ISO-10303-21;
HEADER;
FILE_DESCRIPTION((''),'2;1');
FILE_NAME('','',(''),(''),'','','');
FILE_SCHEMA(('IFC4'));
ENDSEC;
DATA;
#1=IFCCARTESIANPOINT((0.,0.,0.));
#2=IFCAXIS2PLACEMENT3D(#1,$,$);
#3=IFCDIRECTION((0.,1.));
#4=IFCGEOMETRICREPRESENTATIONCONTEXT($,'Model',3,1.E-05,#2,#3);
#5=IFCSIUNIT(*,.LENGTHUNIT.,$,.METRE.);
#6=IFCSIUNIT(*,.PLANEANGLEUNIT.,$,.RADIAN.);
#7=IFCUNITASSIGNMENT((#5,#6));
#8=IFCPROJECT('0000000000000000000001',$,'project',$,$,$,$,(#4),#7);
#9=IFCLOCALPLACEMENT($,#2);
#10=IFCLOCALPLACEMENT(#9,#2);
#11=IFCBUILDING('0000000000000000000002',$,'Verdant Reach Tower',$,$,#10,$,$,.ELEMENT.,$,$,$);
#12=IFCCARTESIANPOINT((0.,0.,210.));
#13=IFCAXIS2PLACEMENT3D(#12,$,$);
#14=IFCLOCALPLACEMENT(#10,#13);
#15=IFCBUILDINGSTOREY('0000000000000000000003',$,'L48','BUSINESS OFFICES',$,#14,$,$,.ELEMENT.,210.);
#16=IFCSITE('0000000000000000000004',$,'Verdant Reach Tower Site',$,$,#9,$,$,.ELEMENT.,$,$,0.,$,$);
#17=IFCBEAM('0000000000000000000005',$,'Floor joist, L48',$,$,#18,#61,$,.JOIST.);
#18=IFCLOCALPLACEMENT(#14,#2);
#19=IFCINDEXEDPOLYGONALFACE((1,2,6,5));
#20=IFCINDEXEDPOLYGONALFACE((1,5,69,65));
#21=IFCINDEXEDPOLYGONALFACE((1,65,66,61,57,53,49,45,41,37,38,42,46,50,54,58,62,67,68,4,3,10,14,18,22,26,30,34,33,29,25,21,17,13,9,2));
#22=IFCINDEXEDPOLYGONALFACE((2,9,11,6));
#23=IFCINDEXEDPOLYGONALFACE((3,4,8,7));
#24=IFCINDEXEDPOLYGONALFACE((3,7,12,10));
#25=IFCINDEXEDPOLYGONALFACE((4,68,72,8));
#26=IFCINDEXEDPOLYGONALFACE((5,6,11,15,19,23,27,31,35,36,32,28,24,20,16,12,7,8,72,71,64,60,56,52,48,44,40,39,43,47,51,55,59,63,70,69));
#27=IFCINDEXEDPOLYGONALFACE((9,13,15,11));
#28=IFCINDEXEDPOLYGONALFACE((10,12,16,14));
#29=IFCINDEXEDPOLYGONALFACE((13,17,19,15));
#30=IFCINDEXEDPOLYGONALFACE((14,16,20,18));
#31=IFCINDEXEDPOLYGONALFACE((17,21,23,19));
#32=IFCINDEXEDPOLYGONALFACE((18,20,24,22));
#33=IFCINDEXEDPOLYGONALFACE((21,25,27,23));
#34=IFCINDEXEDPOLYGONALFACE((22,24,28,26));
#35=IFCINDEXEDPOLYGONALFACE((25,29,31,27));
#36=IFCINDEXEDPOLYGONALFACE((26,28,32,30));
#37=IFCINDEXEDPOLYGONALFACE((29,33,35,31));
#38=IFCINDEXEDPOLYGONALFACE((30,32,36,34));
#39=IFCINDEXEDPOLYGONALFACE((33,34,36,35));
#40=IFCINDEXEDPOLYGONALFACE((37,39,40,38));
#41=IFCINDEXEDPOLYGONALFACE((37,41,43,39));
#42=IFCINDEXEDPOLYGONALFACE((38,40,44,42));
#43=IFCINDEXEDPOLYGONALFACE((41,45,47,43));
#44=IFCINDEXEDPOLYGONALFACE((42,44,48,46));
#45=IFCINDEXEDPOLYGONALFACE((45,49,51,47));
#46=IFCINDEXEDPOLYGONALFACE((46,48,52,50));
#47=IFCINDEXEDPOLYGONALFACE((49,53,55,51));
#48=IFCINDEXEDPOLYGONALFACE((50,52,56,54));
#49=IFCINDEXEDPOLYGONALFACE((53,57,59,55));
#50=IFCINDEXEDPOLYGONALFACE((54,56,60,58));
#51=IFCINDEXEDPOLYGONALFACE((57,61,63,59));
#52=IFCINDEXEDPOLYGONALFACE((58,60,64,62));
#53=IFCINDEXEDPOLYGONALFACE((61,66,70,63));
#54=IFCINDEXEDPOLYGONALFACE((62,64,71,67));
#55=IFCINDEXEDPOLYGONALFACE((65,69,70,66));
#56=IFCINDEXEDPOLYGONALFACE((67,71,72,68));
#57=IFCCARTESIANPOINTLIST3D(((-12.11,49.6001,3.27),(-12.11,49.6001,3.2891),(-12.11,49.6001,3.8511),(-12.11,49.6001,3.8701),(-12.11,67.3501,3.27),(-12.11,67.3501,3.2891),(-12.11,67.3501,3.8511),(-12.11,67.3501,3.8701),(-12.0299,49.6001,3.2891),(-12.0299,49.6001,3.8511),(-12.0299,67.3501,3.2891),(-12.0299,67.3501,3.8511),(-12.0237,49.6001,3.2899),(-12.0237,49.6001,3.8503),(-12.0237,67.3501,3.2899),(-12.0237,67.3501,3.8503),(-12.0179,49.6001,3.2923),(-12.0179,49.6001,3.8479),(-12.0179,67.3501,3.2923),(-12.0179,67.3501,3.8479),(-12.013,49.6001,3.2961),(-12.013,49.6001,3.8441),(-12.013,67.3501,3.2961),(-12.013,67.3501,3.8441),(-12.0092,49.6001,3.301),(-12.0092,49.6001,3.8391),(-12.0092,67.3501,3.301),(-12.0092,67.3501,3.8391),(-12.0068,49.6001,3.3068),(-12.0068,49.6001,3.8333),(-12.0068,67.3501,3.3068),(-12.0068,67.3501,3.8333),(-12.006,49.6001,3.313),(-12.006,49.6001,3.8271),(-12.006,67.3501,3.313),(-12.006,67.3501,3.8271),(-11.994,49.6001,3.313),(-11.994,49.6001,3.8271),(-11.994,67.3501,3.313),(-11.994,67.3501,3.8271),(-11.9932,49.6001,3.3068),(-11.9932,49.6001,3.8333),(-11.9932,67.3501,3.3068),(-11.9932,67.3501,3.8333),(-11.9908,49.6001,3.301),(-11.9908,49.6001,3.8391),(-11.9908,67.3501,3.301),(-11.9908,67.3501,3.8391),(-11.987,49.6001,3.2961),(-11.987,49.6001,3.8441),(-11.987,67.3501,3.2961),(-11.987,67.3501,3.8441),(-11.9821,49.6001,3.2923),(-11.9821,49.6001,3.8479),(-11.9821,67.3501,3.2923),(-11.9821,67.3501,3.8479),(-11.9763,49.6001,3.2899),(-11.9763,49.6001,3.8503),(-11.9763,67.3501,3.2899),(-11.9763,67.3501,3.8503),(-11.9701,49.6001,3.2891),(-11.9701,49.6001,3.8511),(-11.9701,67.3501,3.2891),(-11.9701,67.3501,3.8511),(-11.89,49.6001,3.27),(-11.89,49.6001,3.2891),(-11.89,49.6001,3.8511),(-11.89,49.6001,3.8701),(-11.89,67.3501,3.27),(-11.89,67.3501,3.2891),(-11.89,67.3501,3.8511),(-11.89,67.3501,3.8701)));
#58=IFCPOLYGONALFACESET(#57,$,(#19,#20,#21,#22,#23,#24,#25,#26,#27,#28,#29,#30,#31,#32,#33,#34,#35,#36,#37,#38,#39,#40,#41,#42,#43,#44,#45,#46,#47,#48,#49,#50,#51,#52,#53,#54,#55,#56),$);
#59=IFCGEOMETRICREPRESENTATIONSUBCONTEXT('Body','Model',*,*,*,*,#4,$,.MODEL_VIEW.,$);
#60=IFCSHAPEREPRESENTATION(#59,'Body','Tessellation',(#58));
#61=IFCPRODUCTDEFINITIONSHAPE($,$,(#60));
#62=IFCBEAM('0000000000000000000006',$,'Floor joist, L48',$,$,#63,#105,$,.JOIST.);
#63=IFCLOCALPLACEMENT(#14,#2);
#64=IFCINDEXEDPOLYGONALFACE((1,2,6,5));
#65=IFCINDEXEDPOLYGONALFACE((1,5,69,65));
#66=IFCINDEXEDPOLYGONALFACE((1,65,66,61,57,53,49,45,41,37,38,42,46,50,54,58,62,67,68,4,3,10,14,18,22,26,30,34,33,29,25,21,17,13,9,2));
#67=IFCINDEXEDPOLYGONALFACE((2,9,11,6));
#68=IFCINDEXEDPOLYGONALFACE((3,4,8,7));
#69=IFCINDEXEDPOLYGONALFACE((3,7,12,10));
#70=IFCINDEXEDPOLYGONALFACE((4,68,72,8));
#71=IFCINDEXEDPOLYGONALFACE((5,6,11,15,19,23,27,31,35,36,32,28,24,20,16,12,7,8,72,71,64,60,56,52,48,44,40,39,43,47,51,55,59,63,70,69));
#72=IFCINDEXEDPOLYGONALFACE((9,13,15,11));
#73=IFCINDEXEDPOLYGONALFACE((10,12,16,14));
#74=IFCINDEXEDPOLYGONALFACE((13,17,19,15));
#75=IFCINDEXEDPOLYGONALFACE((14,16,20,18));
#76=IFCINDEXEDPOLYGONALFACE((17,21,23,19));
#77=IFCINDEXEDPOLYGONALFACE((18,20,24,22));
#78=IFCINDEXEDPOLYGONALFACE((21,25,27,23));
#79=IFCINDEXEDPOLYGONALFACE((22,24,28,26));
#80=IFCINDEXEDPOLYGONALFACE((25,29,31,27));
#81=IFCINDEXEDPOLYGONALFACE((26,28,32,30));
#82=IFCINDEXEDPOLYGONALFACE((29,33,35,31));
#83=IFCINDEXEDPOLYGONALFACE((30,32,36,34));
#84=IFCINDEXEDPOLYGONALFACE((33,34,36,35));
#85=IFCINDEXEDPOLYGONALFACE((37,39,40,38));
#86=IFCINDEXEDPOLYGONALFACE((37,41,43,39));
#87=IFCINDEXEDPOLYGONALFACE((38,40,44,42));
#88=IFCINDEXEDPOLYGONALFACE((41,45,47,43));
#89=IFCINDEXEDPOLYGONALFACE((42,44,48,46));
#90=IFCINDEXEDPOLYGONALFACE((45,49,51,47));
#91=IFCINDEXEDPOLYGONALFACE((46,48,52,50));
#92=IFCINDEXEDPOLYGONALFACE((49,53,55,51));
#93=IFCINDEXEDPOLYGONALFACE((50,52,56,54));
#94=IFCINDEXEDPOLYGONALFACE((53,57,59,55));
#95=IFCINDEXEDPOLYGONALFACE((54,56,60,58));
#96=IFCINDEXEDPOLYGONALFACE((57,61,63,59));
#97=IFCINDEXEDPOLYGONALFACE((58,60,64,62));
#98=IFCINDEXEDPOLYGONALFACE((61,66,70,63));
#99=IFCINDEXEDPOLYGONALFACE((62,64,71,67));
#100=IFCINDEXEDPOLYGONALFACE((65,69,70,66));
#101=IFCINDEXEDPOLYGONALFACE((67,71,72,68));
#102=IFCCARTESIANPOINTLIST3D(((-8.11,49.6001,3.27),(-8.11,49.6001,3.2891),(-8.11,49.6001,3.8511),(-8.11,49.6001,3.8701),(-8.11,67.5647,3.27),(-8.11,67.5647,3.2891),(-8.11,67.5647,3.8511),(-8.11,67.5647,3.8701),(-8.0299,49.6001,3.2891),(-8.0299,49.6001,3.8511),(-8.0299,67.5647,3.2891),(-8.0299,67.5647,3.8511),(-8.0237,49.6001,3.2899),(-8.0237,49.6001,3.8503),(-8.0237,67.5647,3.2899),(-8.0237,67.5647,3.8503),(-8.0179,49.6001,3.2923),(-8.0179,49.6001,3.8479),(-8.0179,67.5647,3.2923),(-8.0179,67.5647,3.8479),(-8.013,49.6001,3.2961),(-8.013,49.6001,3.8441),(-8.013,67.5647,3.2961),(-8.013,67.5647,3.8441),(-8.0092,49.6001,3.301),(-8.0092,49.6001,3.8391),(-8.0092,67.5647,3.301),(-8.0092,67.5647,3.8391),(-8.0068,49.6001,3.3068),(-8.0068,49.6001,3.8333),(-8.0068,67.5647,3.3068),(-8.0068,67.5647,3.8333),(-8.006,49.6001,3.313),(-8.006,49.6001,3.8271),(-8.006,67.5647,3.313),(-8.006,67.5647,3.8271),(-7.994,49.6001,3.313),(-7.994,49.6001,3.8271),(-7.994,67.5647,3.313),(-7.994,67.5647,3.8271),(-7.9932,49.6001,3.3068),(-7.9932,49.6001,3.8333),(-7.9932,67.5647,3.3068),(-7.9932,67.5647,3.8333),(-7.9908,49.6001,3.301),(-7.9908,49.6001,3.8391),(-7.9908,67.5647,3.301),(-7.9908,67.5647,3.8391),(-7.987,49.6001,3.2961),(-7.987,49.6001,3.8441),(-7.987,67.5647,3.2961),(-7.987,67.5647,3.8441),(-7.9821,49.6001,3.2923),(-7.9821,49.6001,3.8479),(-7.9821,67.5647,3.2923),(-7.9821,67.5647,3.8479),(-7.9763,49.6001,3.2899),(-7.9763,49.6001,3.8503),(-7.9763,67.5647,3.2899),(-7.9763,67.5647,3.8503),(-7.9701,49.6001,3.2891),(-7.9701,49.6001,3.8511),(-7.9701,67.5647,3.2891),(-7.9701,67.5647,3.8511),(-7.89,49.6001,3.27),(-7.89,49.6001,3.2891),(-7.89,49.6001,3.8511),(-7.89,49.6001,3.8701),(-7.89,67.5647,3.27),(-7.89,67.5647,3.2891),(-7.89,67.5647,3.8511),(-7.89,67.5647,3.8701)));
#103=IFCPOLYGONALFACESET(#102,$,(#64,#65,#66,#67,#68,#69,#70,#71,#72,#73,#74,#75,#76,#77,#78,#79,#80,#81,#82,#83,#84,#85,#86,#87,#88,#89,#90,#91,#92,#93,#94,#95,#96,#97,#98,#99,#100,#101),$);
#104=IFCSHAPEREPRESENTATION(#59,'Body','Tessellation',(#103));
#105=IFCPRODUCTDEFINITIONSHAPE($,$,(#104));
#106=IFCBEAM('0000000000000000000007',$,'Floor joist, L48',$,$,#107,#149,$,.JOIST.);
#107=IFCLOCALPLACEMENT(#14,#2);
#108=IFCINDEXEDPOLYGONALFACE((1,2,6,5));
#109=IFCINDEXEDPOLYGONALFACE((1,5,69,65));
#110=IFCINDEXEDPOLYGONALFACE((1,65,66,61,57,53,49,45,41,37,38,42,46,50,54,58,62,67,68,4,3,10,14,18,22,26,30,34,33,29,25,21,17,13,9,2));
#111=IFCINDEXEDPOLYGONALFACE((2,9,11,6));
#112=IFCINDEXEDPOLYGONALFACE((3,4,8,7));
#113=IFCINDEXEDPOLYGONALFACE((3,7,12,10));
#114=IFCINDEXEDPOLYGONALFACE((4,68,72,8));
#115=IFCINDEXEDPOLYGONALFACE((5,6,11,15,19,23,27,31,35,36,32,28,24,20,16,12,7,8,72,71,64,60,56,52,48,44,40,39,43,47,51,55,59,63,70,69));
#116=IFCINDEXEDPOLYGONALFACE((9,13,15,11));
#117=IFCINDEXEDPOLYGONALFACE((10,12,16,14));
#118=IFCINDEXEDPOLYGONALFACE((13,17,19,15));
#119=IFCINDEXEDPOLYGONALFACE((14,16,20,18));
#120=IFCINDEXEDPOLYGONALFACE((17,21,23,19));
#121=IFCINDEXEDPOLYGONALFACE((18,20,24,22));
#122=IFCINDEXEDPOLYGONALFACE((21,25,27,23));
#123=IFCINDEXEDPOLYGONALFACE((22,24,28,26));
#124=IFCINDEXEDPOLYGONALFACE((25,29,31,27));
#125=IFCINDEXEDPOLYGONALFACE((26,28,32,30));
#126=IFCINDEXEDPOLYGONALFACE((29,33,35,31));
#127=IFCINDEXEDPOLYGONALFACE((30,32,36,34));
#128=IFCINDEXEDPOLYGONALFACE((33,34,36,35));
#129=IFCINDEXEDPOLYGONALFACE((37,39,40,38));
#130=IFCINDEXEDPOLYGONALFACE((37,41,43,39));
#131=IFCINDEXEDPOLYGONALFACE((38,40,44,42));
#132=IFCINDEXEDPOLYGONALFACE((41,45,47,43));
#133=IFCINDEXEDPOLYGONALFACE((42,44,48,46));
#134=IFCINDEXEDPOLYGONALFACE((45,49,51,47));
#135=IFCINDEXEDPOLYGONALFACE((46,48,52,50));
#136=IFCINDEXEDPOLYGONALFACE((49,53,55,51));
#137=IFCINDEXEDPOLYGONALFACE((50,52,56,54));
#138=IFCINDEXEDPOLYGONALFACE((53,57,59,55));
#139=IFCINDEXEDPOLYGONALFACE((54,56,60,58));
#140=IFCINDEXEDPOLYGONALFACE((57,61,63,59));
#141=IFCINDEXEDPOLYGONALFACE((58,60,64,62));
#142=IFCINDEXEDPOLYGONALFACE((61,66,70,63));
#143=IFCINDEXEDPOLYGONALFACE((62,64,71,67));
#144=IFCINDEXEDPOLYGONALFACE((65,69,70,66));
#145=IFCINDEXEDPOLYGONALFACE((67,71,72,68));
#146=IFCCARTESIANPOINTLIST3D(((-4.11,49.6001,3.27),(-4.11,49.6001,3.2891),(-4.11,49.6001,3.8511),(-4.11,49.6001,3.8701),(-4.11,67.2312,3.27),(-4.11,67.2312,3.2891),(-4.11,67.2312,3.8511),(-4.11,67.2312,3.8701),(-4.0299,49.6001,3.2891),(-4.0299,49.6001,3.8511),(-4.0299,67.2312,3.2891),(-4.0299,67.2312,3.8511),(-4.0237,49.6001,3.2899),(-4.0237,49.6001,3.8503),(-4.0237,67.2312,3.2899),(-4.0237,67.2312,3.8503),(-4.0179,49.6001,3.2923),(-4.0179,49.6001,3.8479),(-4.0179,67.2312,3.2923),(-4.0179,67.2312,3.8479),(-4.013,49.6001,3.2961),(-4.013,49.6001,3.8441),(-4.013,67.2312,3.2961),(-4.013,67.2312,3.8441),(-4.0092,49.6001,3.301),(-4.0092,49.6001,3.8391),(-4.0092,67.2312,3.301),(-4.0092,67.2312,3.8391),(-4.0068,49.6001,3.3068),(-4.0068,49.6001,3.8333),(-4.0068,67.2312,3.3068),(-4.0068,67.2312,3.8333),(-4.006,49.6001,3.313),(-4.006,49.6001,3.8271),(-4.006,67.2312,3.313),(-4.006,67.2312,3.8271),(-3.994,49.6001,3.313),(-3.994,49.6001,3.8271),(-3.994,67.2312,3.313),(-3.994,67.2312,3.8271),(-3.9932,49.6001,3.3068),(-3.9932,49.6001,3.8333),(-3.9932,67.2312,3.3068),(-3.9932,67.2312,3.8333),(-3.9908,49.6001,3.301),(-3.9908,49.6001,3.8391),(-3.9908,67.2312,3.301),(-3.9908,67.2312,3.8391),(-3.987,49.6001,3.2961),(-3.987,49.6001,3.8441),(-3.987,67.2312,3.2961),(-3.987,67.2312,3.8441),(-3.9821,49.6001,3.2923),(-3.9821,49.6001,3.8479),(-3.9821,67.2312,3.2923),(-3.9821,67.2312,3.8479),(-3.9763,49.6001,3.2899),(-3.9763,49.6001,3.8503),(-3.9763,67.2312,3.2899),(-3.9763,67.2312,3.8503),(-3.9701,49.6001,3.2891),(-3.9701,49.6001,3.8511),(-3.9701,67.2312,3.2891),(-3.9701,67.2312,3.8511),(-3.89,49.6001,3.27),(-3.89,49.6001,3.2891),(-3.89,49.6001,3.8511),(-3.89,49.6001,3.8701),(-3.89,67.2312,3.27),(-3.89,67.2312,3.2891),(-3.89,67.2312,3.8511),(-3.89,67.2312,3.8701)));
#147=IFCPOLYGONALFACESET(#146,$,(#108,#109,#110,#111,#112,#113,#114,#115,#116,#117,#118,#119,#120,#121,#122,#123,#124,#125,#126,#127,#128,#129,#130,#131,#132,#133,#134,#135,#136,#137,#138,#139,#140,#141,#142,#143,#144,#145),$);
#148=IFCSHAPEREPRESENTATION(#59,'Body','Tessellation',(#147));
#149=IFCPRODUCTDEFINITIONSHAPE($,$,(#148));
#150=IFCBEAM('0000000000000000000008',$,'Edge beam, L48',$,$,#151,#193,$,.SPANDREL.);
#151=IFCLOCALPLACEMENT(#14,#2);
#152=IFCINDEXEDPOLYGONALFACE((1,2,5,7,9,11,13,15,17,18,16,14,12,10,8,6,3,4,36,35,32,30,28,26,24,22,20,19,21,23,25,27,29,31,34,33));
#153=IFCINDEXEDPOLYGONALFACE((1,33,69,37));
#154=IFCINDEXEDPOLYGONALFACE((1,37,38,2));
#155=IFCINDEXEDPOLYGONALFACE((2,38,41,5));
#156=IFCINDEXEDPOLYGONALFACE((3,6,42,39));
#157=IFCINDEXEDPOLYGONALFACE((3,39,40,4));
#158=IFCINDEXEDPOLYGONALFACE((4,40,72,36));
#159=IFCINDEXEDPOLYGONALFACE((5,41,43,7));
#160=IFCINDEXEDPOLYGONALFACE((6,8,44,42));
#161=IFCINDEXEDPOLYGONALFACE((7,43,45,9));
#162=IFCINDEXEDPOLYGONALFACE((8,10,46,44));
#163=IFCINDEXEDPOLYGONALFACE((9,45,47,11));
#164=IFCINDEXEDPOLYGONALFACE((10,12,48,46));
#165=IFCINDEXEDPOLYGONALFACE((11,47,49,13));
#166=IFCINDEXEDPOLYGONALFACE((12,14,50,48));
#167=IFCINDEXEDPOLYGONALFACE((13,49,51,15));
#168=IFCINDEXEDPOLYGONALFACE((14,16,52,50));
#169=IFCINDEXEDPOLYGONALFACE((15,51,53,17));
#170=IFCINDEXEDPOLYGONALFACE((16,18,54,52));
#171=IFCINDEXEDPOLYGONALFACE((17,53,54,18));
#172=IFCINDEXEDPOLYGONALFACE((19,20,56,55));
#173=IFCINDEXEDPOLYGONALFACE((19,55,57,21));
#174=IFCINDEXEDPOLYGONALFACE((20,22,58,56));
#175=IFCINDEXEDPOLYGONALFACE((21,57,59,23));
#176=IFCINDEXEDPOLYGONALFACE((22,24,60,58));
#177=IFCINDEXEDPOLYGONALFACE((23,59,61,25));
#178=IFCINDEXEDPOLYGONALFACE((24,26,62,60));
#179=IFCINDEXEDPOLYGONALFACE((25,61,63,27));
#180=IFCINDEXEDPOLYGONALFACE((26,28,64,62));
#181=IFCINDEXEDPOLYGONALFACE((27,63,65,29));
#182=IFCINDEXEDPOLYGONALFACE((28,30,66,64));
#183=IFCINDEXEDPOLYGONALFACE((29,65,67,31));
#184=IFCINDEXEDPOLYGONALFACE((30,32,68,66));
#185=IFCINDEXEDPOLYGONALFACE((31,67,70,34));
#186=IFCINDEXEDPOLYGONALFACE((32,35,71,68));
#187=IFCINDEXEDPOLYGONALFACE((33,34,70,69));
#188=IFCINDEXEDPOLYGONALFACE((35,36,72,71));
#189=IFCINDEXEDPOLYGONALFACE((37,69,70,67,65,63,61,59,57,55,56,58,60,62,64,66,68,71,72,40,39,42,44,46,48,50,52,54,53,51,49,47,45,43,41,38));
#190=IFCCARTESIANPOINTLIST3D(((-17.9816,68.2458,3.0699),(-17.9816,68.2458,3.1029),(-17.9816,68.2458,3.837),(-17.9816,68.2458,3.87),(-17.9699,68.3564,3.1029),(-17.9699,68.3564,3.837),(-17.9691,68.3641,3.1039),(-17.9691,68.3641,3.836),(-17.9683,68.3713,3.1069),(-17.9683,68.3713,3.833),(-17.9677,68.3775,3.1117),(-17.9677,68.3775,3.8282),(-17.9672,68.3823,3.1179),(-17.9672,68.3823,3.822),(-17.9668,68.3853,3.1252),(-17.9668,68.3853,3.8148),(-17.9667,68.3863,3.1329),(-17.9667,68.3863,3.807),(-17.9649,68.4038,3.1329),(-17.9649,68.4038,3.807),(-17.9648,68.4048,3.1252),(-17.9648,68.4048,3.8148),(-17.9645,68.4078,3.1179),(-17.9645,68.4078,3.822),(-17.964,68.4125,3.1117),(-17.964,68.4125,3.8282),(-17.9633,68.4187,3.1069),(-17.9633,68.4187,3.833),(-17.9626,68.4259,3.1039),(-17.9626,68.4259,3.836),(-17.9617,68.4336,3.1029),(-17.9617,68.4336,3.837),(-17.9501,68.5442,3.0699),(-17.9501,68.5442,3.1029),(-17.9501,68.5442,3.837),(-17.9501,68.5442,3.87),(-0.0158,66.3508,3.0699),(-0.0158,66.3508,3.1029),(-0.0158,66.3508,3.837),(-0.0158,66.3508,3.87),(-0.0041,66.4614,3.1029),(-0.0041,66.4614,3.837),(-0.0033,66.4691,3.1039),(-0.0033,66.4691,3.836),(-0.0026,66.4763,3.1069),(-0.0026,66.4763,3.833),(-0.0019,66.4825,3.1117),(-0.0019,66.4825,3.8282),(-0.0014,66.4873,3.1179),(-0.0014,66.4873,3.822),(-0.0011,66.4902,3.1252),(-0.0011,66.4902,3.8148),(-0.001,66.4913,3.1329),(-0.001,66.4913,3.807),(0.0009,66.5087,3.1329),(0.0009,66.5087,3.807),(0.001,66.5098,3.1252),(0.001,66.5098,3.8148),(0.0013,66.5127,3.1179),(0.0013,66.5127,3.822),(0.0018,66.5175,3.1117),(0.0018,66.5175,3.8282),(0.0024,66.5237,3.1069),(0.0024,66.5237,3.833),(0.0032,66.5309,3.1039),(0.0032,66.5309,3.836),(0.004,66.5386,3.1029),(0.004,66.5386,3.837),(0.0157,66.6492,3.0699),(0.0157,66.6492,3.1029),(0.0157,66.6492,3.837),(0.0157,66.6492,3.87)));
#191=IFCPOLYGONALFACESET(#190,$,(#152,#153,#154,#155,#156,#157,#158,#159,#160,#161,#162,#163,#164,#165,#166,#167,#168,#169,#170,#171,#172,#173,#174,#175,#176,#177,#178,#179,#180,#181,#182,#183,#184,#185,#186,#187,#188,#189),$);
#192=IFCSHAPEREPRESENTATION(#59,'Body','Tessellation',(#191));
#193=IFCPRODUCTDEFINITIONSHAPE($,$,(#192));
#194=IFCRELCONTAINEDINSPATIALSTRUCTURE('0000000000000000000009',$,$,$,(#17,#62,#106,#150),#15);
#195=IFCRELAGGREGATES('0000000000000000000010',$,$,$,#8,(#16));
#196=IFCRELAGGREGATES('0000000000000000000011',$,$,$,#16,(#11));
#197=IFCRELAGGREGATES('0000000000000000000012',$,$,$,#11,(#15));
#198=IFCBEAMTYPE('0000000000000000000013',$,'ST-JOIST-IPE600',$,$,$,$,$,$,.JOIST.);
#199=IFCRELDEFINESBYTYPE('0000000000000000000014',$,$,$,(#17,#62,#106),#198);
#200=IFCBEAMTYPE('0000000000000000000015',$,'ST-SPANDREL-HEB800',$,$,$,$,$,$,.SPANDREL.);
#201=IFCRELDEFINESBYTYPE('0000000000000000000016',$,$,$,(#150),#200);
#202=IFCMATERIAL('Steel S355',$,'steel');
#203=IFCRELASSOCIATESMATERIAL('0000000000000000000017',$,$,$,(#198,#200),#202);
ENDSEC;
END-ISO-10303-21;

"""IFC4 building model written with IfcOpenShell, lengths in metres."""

from ifc_helpers import new_model, si_unit, direction, frame, origin, origin_2d, place, context, subcontext, project, spatial, i_section, extrude, material, material_profile, profile_set, type_object, element, save


model = new_model("IFC4")

# Units and contexts
model_context = context("Model", 3, precision=1e-05, world=origin(), true_north=direction((0.0, 1.0)))
body_context = subcontext(model_context, "Body", "Model", "MODEL_VIEW")
ifc_project = project(units=[si_unit("LENGTHUNIT", "METRE"), si_unit("PLANEANGLEUNIT", "RADIAN")], contexts=[model_context])

# Site, building, storey
site_placement = place(None, origin())
site = spatial("IfcSite", under=ifc_project, at=site_placement, Name="Verdant Reach Tower Site", CompositionType="ELEMENT", RefElevation=0.0)
building_placement = place(site_placement, origin())
building = spatial("IfcBuilding", under=site, at=building_placement, Name="Verdant Reach Tower", CompositionType="ELEMENT")
storey_placement = place(building_placement, frame((0.0, 0.0, 210.0)))
storey = spatial("IfcBuildingStorey", under=building, at=storey_placement, Name="L48", Description="BUSINESS OFFICES", CompositionType="ELEMENT", Elevation=210.0)

# Beams
ifc_material_1 = material(Name="Steel S355", Category="steel")
ifc_material_profile_1 = material_profile(ifc_material_1, i_section(OverallWidth=0.22, OverallDepth=0.6001, WebThickness=0.012, FlangeThickness=0.019, FilletRadius=0.0239, at=origin_2d()), Name="IPE 600")
ifc_profile_set_1 = profile_set([ifc_material_profile_1], Name="Steel S355")
beam_type_1 = type_object("IfcBeamType", Name="ST-JOIST-IPE600", PredefinedType="JOIST", material=ifc_profile_set_1)
beam_1_placement = place(storey_placement, frame((-12.0, 49.6001, 3.5701), z_axis=(0.0, 1.0, 0.0), x_axis=(-1.0, 0.0, 0.0)))
element("IfcBeam", 1, at=beam_1_placement, inside=storey, type_object=beam_type_1, Name="Floor joist, L48", PredefinedType="JOIST", context=body_context, shape_type="SweptSolid", body=[
    extrude(i_section(OverallWidth=0.22, OverallDepth=0.6001, WebThickness=0.012, FlangeThickness=0.019, FilletRadius=0.0239, at=origin_2d()), origin(), (0.0, 0.0, 1.0), 17.75),
])
beam_2_placement = place(storey_placement, frame((-8.0, 49.6001, 3.5701), z_axis=(0.0, 1.0, 0.0), x_axis=(-1.0, 0.0, 0.0)))
element("IfcBeam", 2, at=beam_2_placement, inside=storey, type_object=beam_type_1, Name="Floor joist, L48", PredefinedType="JOIST", context=body_context, shape_type="SweptSolid", body=[
    extrude(i_section(OverallWidth=0.22, OverallDepth=0.6001, WebThickness=0.012, FlangeThickness=0.019, FilletRadius=0.0239, at=origin_2d()), origin(), (0.0, 0.0, 1.0), 17.9646),
])
beam_3_placement = place(storey_placement, frame((-4.0, 49.6001, 3.5701), z_axis=(0.0, 1.0, 0.0), x_axis=(-1.0, 0.0, 0.0)))
element("IfcBeam", 3, at=beam_3_placement, inside=storey, type_object=beam_type_1, Name="Floor joist, L48", PredefinedType="JOIST", context=body_context, shape_type="SweptSolid", body=[
    extrude(i_section(OverallWidth=0.22, OverallDepth=0.6001, WebThickness=0.012, FlangeThickness=0.019, FilletRadius=0.0239, at=origin_2d()), origin(), (0.0, 0.0, 1.0), 17.6311),
])
ifc_material_profile_2 = material_profile(ifc_material_1, i_section(OverallWidth=0.3, OverallDepth=0.8, WebThickness=0.0176, FlangeThickness=0.033, FilletRadius=0.03, at=origin_2d()), Name="HEB 800")
ifc_profile_set_2 = profile_set([ifc_material_profile_2], Name="Steel S355")
beam_type_2 = type_object("IfcBeamType", Name="ST-SPANDREL-HEB800", PredefinedType="SPANDREL", material=ifc_profile_set_2)
for number, where, z_axis, x_axis, name in (
    (4, (-17.9658, 68.395, 3.47), (0.994483, -0.104897, 0.0), (0.104897, 0.994483, 0.0), "Edge beam, L48"),
):
    element("IfcBeam", number, at=place(storey_placement, frame(where, z_axis=z_axis, x_axis=x_axis)), inside=storey, type_object=beam_type_2, Name=name, PredefinedType="SPANDREL", context=body_context, shape_type="SweptSolid", body=[
        extrude(i_section(OverallWidth=0.3, OverallDepth=0.8, WebThickness=0.0176, FlangeThickness=0.033, FilletRadius=0.03, at=origin_2d()), origin(), (0.0, 0.0, 1.0), 18.0654),
    ])

save(model, "model.ifc")
